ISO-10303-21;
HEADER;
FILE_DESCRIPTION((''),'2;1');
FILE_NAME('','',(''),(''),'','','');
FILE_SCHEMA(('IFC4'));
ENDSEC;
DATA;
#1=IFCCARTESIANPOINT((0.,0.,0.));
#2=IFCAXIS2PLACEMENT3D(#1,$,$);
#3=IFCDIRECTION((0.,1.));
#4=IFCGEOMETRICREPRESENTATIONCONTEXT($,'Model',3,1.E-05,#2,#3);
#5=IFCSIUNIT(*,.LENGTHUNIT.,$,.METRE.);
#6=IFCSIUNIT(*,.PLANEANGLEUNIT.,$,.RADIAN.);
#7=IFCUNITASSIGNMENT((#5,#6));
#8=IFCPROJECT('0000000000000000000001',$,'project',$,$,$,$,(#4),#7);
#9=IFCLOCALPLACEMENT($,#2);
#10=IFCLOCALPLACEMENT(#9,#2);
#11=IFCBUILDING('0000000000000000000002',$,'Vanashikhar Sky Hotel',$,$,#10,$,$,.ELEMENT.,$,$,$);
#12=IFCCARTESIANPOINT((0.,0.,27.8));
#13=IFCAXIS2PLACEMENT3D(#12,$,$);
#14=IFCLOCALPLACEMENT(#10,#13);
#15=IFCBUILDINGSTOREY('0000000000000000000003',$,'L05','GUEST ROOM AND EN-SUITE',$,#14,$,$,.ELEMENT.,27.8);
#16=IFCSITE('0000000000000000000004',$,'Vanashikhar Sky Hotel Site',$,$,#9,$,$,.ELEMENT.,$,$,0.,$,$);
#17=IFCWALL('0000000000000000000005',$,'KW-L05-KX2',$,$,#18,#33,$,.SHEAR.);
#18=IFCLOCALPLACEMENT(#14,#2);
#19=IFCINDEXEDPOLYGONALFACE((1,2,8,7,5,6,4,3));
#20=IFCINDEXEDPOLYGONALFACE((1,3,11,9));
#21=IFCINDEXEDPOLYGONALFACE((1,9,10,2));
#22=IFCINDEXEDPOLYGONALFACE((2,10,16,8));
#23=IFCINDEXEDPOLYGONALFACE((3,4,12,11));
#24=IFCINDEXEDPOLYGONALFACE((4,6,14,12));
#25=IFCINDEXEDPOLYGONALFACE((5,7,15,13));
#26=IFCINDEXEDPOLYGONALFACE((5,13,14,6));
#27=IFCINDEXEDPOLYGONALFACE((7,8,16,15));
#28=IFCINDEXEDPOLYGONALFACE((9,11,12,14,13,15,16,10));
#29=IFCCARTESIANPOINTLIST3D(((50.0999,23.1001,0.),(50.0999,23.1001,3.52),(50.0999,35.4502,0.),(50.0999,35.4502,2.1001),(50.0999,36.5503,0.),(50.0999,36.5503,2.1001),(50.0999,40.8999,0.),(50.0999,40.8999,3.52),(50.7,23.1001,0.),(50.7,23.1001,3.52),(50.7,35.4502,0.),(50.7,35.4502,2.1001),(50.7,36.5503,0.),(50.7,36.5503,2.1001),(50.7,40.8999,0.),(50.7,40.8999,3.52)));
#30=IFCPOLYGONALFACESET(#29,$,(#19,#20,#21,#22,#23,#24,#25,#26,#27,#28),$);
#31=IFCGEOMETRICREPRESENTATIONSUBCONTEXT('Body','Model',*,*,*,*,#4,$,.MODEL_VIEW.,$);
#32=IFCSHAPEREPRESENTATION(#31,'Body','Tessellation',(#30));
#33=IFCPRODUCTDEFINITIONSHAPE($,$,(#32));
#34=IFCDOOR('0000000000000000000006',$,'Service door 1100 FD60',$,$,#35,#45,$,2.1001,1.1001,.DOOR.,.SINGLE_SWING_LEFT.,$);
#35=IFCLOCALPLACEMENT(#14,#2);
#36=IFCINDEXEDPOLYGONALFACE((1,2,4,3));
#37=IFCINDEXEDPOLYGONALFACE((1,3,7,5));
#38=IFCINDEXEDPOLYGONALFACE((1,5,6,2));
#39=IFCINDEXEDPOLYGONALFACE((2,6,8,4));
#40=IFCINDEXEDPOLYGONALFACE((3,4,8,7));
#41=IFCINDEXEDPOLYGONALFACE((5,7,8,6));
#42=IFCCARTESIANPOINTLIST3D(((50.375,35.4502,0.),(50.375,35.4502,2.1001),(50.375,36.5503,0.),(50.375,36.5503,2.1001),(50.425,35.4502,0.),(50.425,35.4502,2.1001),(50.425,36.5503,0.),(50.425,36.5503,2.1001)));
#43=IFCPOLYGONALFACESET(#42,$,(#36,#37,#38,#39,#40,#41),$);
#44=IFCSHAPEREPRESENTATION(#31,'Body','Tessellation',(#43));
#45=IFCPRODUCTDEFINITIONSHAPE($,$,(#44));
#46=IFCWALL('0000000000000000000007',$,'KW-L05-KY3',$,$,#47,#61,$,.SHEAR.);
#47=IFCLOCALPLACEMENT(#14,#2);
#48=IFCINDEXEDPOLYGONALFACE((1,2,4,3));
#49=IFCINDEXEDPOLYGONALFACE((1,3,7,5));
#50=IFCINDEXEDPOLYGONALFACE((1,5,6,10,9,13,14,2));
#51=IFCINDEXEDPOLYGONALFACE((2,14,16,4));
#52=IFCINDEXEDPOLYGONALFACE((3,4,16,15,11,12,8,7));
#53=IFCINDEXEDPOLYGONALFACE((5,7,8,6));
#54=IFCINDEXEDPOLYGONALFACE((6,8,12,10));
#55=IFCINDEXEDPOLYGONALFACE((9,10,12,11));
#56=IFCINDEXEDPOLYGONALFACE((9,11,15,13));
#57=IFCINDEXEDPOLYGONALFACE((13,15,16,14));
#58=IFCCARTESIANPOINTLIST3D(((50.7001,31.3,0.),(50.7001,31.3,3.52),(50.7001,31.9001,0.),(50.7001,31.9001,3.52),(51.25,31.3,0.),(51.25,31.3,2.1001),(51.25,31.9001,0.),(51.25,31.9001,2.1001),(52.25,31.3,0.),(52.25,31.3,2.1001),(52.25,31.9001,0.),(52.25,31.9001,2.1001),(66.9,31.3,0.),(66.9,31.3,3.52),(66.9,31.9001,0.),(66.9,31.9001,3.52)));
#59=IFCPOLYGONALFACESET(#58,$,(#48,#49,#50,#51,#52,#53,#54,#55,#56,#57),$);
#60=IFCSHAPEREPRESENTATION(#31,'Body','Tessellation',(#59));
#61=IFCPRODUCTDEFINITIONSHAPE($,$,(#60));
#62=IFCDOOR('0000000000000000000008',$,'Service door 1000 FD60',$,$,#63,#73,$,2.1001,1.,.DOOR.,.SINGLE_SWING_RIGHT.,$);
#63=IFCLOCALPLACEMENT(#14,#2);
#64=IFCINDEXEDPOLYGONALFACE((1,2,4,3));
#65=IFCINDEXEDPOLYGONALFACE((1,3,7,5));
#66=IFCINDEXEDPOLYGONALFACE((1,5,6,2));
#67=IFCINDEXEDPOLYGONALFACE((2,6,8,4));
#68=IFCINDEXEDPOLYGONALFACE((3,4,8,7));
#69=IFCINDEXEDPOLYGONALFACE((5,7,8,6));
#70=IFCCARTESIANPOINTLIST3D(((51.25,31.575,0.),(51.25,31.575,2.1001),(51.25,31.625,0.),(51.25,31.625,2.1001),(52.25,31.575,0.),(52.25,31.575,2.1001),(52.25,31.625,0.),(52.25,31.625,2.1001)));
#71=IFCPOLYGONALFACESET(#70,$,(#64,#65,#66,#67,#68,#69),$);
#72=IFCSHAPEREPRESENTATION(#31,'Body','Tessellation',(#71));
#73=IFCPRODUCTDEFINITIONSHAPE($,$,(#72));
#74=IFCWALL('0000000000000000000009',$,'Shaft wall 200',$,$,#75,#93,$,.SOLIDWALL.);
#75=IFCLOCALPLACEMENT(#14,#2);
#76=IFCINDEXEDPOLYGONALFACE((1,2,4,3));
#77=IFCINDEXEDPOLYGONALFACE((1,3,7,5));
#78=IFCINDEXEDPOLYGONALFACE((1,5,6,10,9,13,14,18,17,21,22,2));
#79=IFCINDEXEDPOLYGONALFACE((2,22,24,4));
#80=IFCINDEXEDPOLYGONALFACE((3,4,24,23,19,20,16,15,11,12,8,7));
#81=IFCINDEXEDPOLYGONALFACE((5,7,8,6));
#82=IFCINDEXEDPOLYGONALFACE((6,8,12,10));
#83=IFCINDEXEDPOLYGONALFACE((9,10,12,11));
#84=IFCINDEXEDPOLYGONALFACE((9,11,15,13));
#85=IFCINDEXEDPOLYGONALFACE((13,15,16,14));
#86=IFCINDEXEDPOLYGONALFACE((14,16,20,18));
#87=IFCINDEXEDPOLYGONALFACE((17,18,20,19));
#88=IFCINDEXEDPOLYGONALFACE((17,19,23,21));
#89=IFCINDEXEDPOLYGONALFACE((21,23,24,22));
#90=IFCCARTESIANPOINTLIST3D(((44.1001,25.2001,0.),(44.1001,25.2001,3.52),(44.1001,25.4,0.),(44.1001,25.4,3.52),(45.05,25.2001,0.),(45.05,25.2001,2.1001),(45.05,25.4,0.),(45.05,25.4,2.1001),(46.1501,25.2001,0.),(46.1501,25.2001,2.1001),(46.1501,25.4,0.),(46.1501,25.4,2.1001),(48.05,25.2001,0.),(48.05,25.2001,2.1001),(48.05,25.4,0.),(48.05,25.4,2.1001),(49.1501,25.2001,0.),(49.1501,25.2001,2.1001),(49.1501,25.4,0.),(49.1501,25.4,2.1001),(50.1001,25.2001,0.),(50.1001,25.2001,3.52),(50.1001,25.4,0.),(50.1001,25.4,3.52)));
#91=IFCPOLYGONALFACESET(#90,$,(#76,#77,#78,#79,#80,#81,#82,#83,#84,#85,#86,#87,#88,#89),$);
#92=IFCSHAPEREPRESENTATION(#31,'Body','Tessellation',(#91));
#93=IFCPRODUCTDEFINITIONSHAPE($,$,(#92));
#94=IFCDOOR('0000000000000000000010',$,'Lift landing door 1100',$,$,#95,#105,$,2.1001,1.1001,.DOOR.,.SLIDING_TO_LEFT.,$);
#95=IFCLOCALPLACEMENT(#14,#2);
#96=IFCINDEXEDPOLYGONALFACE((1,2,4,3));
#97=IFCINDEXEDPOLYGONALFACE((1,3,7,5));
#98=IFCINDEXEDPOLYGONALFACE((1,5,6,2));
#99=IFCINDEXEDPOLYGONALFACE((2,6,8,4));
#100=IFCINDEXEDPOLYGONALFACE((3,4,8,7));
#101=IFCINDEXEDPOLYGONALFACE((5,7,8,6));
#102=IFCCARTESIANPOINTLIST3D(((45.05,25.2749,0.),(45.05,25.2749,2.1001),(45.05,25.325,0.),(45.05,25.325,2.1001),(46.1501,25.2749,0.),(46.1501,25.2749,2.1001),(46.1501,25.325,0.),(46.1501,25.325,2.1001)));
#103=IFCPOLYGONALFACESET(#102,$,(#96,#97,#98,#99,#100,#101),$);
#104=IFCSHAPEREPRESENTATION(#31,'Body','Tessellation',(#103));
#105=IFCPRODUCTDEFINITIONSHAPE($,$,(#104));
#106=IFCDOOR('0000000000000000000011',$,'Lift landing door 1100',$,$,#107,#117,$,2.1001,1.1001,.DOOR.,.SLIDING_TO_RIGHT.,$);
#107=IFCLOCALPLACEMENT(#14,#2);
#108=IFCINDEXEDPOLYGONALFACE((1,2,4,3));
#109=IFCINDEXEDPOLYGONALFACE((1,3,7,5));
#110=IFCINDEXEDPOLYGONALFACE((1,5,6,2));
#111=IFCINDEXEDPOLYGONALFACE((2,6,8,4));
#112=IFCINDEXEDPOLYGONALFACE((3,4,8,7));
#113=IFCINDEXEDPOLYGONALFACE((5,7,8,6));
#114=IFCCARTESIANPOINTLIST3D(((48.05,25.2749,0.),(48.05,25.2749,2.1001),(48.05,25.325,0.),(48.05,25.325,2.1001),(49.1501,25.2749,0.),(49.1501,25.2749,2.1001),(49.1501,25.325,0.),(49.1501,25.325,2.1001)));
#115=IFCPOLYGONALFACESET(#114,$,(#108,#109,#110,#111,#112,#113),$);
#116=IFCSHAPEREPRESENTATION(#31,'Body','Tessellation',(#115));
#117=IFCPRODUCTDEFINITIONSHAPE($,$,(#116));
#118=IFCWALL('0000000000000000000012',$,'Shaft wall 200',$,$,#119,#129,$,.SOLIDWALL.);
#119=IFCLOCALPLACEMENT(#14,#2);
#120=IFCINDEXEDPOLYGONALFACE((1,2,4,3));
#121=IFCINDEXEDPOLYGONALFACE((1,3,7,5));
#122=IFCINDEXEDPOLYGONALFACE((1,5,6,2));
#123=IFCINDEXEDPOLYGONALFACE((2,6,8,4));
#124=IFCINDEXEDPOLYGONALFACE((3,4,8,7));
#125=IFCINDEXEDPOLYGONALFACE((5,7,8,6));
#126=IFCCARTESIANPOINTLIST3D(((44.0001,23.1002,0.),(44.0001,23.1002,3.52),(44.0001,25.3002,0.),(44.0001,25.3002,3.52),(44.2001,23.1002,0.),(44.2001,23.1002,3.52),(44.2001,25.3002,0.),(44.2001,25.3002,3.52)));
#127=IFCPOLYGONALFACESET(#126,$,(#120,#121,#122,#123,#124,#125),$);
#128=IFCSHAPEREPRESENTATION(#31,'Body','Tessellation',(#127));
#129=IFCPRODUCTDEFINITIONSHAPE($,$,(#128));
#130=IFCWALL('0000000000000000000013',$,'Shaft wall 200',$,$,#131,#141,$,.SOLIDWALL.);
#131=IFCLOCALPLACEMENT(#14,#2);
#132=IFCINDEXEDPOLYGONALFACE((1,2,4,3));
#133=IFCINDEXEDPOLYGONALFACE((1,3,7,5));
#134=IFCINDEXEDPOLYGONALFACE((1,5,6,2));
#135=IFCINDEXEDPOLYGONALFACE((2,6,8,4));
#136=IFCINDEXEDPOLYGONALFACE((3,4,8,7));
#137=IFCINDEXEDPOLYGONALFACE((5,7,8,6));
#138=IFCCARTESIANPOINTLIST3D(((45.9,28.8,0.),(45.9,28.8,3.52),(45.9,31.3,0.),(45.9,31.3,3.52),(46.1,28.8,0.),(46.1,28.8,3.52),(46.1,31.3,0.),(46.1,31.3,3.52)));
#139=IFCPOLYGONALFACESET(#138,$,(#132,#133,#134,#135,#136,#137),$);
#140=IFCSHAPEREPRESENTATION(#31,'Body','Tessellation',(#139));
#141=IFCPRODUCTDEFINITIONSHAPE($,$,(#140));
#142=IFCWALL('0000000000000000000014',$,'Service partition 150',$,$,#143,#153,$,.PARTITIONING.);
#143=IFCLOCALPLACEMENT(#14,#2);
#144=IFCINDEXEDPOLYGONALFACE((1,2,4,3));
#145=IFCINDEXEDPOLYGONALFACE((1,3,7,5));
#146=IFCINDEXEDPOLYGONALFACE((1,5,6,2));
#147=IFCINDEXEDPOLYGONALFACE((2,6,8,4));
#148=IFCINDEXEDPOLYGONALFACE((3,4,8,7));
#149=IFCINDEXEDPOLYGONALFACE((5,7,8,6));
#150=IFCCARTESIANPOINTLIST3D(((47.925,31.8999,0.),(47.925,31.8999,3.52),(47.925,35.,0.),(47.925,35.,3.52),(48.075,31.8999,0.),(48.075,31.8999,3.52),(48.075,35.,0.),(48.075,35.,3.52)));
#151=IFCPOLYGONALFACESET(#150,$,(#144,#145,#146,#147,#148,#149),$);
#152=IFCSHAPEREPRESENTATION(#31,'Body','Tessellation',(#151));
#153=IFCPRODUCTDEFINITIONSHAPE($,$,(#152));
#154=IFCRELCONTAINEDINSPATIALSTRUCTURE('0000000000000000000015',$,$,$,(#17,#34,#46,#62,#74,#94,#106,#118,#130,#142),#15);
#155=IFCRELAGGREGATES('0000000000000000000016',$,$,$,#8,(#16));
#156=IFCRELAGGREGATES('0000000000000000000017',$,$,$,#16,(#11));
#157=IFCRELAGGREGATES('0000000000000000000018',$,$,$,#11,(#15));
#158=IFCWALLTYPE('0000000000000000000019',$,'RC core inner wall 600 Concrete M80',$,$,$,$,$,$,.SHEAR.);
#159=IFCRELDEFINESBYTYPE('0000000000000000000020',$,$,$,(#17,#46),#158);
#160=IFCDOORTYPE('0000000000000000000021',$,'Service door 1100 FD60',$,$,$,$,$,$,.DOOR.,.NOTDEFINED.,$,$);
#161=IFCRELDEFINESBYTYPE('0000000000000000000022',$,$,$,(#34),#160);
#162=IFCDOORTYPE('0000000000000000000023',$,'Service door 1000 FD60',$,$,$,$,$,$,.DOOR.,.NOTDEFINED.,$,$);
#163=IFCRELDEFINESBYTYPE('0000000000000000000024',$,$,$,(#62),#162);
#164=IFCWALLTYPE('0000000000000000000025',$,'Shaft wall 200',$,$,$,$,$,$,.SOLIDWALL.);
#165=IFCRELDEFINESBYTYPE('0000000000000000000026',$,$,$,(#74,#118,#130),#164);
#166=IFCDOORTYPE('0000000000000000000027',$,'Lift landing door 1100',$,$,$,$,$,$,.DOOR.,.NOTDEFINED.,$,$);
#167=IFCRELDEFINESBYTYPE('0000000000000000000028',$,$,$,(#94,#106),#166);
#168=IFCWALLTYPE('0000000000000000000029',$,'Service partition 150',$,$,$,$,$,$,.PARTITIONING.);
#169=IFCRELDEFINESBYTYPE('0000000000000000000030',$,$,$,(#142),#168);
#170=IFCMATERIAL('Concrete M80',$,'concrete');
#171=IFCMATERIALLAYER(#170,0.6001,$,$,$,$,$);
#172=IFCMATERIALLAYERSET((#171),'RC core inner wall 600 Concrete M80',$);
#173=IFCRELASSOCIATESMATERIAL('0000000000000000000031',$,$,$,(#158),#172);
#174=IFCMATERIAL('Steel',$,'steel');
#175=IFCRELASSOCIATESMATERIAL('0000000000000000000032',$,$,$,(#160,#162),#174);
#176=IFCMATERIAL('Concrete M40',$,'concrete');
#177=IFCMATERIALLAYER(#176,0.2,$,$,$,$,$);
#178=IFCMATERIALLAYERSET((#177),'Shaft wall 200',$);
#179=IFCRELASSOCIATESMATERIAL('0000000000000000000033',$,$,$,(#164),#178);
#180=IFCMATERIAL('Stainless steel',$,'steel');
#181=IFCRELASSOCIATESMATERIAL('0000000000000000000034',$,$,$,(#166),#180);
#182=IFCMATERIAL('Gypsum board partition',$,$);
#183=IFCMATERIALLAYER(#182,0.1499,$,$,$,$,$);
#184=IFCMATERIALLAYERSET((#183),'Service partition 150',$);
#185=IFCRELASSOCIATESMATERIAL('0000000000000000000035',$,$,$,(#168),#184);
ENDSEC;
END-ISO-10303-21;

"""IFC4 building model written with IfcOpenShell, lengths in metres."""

from ifc_helpers import new_model, si_unit, direction, frame, frame_2d, origin, place, context, subcontext, project, spatial, rectangle, extrude, source, transform, mapped, material, layer, layer_set, type_object, element, fill, save


model = new_model("IFC4")

# Units and contexts
model_context = context("Model", 3, precision=1e-05, world=origin(), true_north=direction((0.0, 1.0)))
body_context = subcontext(model_context, "Body", "Model", "MODEL_VIEW")
ifc_project = project(units=[si_unit("LENGTHUNIT", "METRE"), si_unit("PLANEANGLEUNIT", "RADIAN")], contexts=[model_context])

# Site, building, storey
site_placement = place(None, origin())
site = spatial("IfcSite", under=ifc_project, at=site_placement, Name="Vanashikhar Sky Hotel Site", CompositionType="ELEMENT", RefElevation=0.0)
building_placement = place(site_placement, origin())
building = spatial("IfcBuilding", under=site, at=building_placement, Name="Vanashikhar Sky Hotel", CompositionType="ELEMENT")
storey_placement = place(building_placement, frame((0.0, 0.0, 27.8)))
storey = spatial("IfcBuildingStorey", under=building, at=storey_placement, Name="L05", Description="GUEST ROOM AND EN-SUITE", CompositionType="ELEMENT", Elevation=27.8)

# Walls, openings, doors
ifc_material_1 = material(Name="Concrete M80", Category="concrete")
ifc_layer_1 = layer(ifc_material_1, 0.6001)
ifc_layer_set_1 = layer_set([ifc_layer_1], Name="RC core inner wall 600 Concrete M80")
wall_type_1 = type_object("IfcWallType", Name="RC core inner wall 600 Concrete M80", PredefinedType="SHEAR", material=ifc_layer_set_1)
shared_shape_1 = source(origin(), body_context, "Body", "SweptSolid", [
    extrude(rectangle(XDim=17.7998, YDim=0.6001, at=frame_2d((8.8999, 0.0))), origin(), (0.0, 0.0, 1.0), 3.52),
])
wall_1_placement = place(storey_placement, frame((50.3999, 23.1001, 0.0), z_axis=(0.0, 0.0, 1.0), x_axis=(0.0, 1.0, 0.0)))
wall_1 = element("IfcWall", 1, at=wall_1_placement, inside=storey, type_object=wall_type_1, Name="KW-L05-KX2", PredefinedType="SHEAR", context=body_context, shape_type="MappedRepresentation", body=[
    mapped(shared_shape_1, transform((0.0, 0.0, 0.0), scale=1.0)),
])
shared_shape_2 = source(origin(), body_context, "Body", "SweptSolid", [
    extrude(rectangle(XDim=1.1001, YDim=2.1001, at=frame_2d((0.55, 1.05))), frame((0.0, 0.3101, 0.0), z_axis=(0.0, -1.0, 0.0), x_axis=(1.0, 0.0, 0.0)), (0.0, 0.0, 1.0), 0.6201),
])
opening_1_placement = place(wall_1_placement, frame((12.3501, 0.0, 0.0)))
opening_1 = element("IfcOpeningElement", 2, at=opening_1_placement, cuts=wall_1, PredefinedType="OPENING", context=body_context, shape_type="MappedRepresentation", body=[
    mapped(shared_shape_2, transform((0.0, 0.0, 0.0), scale=1.0)),
])
ifc_material_2 = material(Name="Steel", Category="steel")
door_type_1 = type_object("IfcDoorType", Name="Service door 1100 FD60", OperationType="NOTDEFINED", PredefinedType="DOOR", material=ifc_material_2)
shared_shape_3 = source(origin(), body_context, "Body", "SweptSolid", [
    extrude(rectangle(XDim=1.1001, YDim=2.1001, at=frame_2d((0.55, 1.05))), frame((0.0, 0.0249, 0.0), z_axis=(0.0, -1.0, 0.0), x_axis=(1.0, 0.0, 0.0)), (0.0, 0.0, 1.0), 0.05),
])
door_1_placement = place(opening_1_placement, origin())
door_1 = element("IfcDoor", 3, at=door_1_placement, inside=storey, type_object=door_type_1, Name="Service door 1100 FD60", OperationType="SINGLE_SWING_LEFT", OverallHeight=2.1001, OverallWidth=1.1001, PredefinedType="DOOR", context=body_context, shape_type="MappedRepresentation", body=[
    mapped(shared_shape_3, transform((0.0, 0.0, 0.0), scale=1.0)),
])
fill(opening_1, door_1)
shared_shape_4 = source(origin(), body_context, "Body", "SweptSolid", [
    extrude(rectangle(XDim=16.2, YDim=0.6001, at=frame_2d((8.1001, 0.0))), origin(), (0.0, 0.0, 1.0), 3.52),
])
wall_2_placement = place(storey_placement, frame((50.7, 31.6001, 0.0), z_axis=(0.0, 0.0, 1.0), x_axis=(1.0, 0.0, 0.0)))
wall_2 = element("IfcWall", 4, at=wall_2_placement, inside=storey, type_object=wall_type_1, Name="KW-L05-KY3", PredefinedType="SHEAR", context=body_context, shape_type="MappedRepresentation", body=[
    mapped(shared_shape_4, transform((0.0, 0.0, 0.0), scale=1.0)),
])
shared_shape_5 = source(origin(), body_context, "Body", "SweptSolid", [
    extrude(rectangle(XDim=1.0, YDim=2.1001, at=frame_2d((0.5, 1.05))), frame((0.0, 0.3101, 0.0), z_axis=(0.0, -1.0, 0.0), x_axis=(1.0, 0.0, 0.0)), (0.0, 0.0, 1.0), 0.6201),
])
opening_2_placement = place(wall_2_placement, frame((0.55, 0.0, 0.0)))
opening_2 = element("IfcOpeningElement", 5, at=opening_2_placement, cuts=wall_2, PredefinedType="OPENING", context=body_context, shape_type="MappedRepresentation", body=[
    mapped(shared_shape_5, transform((0.0, 0.0, 0.0), scale=1.0)),
])
door_type_2 = type_object("IfcDoorType", Name="Service door 1000 FD60", OperationType="NOTDEFINED", PredefinedType="DOOR", material=ifc_material_2)
shared_shape_6 = source(origin(), body_context, "Body", "SweptSolid", [
    extrude(rectangle(XDim=1.0, YDim=2.1001, at=frame_2d((0.5, 1.05))), frame((0.0, 0.0249, 0.0), z_axis=(0.0, -1.0, 0.0), x_axis=(1.0, 0.0, 0.0)), (0.0, 0.0, 1.0), 0.05),
])
door_2_placement = place(opening_2_placement, origin())
door_2 = element("IfcDoor", 6, at=door_2_placement, inside=storey, type_object=door_type_2, Name="Service door 1000 FD60", OperationType="SINGLE_SWING_RIGHT", OverallHeight=2.1001, OverallWidth=1.0, PredefinedType="DOOR", context=body_context, shape_type="MappedRepresentation", body=[
    mapped(shared_shape_6, transform((0.0, 0.0, 0.0), scale=1.0)),
])
fill(opening_2, door_2)

# Wall, openings, doors
ifc_material_3 = material(Name="Concrete M40", Category="concrete")
ifc_layer_2 = layer(ifc_material_3, 0.2)
ifc_layer_set_2 = layer_set([ifc_layer_2], Name="Shaft wall 200")
wall_type_2 = type_object("IfcWallType", Name="Shaft wall 200", PredefinedType="SOLIDWALL", material=ifc_layer_set_2)
shared_shape_7 = source(origin(), body_context, "Body", "SweptSolid", [
    extrude(rectangle(XDim=6.0, YDim=0.2, at=frame_2d((3.0, 0.0))), origin(), (0.0, 0.0, 1.0), 3.52),
])
wall_3_placement = place(storey_placement, frame((44.1001, 25.3, 0.0), z_axis=(0.0, 0.0, 1.0), x_axis=(1.0, 0.0, 0.0)))
wall_3 = element("IfcWall", 7, at=wall_3_placement, inside=storey, type_object=wall_type_2, Name="Shaft wall 200", PredefinedType="SOLIDWALL", context=body_context, shape_type="MappedRepresentation", body=[
    mapped(shared_shape_7, transform((0.0, 0.0, 0.0), scale=1.0)),
])
shared_shape_8 = source(origin(), body_context, "Body", "SweptSolid", [
    extrude(rectangle(XDim=1.1001, YDim=2.1001, at=frame_2d((0.55, 1.05))), frame((0.0, 0.1099, 0.0), z_axis=(0.0, -1.0, 0.0), x_axis=(1.0, 0.0, 0.0)), (0.0, 0.0, 1.0), 0.22),
])
opening_3_placement = place(wall_3_placement, frame((0.95, 0.0, 0.0)))
opening_3 = element("IfcOpeningElement", 8, at=opening_3_placement, cuts=wall_3, PredefinedType="OPENING", context=body_context, shape_type="MappedRepresentation", body=[
    mapped(shared_shape_8, transform((0.0, 0.0, 0.0), scale=1.0)),
])
opening_4_placement = place(wall_3_placement, frame((3.95, 0.0, 0.0)))
opening_4 = element("IfcOpeningElement", 9, at=opening_4_placement, cuts=wall_3, PredefinedType="OPENING", context=body_context, shape_type="MappedRepresentation", body=[
    mapped(shared_shape_8, transform((0.0, 0.0, 0.0), scale=1.0)),
])
ifc_material_4 = material(Name="Stainless steel", Category="steel")
door_type_3 = type_object("IfcDoorType", Name="Lift landing door 1100", OperationType="NOTDEFINED", PredefinedType="DOOR", material=ifc_material_4)
door_3_placement = place(opening_3_placement, origin())
door_3 = element("IfcDoor", 10, at=door_3_placement, inside=storey, type_object=door_type_3, Name="Lift landing door 1100", OperationType="SLIDING_TO_LEFT", OverallHeight=2.1001, OverallWidth=1.1001, PredefinedType="DOOR", context=body_context, shape_type="MappedRepresentation", body=[
    mapped(shared_shape_3, transform((0.0, 0.0, 0.0), scale=1.0)),
])
fill(opening_3, door_3)
door_4_placement = place(opening_4_placement, origin())
door_4 = element("IfcDoor", 11, at=door_4_placement, inside=storey, type_object=door_type_3, Name="Lift landing door 1100", OperationType="SLIDING_TO_RIGHT", OverallHeight=2.1001, OverallWidth=1.1001, PredefinedType="DOOR", context=body_context, shape_type="MappedRepresentation", body=[
    mapped(shared_shape_3, transform((0.0, 0.0, 0.0), scale=1.0)),
])
fill(opening_4, door_4)

# Walls
shared_shape_9 = source(origin(), body_context, "Body", "SweptSolid", [
    extrude(rectangle(XDim=2.2, YDim=0.2, at=frame_2d((1.1001, 0.0))), origin(), (0.0, 0.0, 1.0), 3.52),
])
wall_4_placement = place(storey_placement, frame((44.1001, 23.1001, 0.0), z_axis=(0.0, 0.0, 1.0), x_axis=(0.0, 1.0, 0.0)))
element("IfcWall", 12, at=wall_4_placement, inside=storey, type_object=wall_type_2, Name="Shaft wall 200", PredefinedType="SOLIDWALL", context=body_context, shape_type="MappedRepresentation", body=[
    mapped(shared_shape_9, transform((0.0, 0.0, 0.0), scale=1.0)),
])
shared_shape_10 = source(origin(), body_context, "Body", "SweptSolid", [
    extrude(rectangle(XDim=2.5, YDim=0.2, at=frame_2d((1.25, 0.0))), origin(), (0.0, 0.0, 1.0), 3.52),
])
wall_5_placement = place(storey_placement, frame((46.0, 28.8, 0.0), z_axis=(0.0, 0.0, 1.0), x_axis=(0.0, 1.0, 0.0)))
element("IfcWall", 13, at=wall_5_placement, inside=storey, type_object=wall_type_2, Name="Shaft wall 200", PredefinedType="SOLIDWALL", context=body_context, shape_type="MappedRepresentation", body=[
    mapped(shared_shape_10, transform((0.0, 0.0, 0.0), scale=1.0)),
])
ifc_material_5 = material(Name="Gypsum board partition")
ifc_layer_3 = layer(ifc_material_5, 0.1499)
ifc_layer_set_3 = layer_set([ifc_layer_3], Name="Service partition 150")
wall_type_3 = type_object("IfcWallType", Name="Service partition 150", PredefinedType="PARTITIONING", material=ifc_layer_set_3)
shared_shape_11 = source(origin(), body_context, "Body", "SweptSolid", [
    extrude(rectangle(XDim=3.1001, YDim=0.1499, at=frame_2d((1.55, 0.0))), origin(), (0.0, 0.0, 1.0), 3.52),
])
for number, where, z_axis, x_axis, name in (
    (14, (48.0, 31.8999, 0.0), (0.0, 0.0, 1.0), (0.0, 1.0, 0.0), "Service partition 150"),
):
    element("IfcWall", number, at=place(storey_placement, frame(where, z_axis=z_axis, x_axis=x_axis)), inside=storey, type_object=wall_type_3, Name=name, PredefinedType="PARTITIONING", context=body_context, shape_type="MappedRepresentation", body=[
        mapped(shared_shape_11, transform((0.0, 0.0, 0.0), scale=1.0)),
    ])

save(model, "model.ifc")
